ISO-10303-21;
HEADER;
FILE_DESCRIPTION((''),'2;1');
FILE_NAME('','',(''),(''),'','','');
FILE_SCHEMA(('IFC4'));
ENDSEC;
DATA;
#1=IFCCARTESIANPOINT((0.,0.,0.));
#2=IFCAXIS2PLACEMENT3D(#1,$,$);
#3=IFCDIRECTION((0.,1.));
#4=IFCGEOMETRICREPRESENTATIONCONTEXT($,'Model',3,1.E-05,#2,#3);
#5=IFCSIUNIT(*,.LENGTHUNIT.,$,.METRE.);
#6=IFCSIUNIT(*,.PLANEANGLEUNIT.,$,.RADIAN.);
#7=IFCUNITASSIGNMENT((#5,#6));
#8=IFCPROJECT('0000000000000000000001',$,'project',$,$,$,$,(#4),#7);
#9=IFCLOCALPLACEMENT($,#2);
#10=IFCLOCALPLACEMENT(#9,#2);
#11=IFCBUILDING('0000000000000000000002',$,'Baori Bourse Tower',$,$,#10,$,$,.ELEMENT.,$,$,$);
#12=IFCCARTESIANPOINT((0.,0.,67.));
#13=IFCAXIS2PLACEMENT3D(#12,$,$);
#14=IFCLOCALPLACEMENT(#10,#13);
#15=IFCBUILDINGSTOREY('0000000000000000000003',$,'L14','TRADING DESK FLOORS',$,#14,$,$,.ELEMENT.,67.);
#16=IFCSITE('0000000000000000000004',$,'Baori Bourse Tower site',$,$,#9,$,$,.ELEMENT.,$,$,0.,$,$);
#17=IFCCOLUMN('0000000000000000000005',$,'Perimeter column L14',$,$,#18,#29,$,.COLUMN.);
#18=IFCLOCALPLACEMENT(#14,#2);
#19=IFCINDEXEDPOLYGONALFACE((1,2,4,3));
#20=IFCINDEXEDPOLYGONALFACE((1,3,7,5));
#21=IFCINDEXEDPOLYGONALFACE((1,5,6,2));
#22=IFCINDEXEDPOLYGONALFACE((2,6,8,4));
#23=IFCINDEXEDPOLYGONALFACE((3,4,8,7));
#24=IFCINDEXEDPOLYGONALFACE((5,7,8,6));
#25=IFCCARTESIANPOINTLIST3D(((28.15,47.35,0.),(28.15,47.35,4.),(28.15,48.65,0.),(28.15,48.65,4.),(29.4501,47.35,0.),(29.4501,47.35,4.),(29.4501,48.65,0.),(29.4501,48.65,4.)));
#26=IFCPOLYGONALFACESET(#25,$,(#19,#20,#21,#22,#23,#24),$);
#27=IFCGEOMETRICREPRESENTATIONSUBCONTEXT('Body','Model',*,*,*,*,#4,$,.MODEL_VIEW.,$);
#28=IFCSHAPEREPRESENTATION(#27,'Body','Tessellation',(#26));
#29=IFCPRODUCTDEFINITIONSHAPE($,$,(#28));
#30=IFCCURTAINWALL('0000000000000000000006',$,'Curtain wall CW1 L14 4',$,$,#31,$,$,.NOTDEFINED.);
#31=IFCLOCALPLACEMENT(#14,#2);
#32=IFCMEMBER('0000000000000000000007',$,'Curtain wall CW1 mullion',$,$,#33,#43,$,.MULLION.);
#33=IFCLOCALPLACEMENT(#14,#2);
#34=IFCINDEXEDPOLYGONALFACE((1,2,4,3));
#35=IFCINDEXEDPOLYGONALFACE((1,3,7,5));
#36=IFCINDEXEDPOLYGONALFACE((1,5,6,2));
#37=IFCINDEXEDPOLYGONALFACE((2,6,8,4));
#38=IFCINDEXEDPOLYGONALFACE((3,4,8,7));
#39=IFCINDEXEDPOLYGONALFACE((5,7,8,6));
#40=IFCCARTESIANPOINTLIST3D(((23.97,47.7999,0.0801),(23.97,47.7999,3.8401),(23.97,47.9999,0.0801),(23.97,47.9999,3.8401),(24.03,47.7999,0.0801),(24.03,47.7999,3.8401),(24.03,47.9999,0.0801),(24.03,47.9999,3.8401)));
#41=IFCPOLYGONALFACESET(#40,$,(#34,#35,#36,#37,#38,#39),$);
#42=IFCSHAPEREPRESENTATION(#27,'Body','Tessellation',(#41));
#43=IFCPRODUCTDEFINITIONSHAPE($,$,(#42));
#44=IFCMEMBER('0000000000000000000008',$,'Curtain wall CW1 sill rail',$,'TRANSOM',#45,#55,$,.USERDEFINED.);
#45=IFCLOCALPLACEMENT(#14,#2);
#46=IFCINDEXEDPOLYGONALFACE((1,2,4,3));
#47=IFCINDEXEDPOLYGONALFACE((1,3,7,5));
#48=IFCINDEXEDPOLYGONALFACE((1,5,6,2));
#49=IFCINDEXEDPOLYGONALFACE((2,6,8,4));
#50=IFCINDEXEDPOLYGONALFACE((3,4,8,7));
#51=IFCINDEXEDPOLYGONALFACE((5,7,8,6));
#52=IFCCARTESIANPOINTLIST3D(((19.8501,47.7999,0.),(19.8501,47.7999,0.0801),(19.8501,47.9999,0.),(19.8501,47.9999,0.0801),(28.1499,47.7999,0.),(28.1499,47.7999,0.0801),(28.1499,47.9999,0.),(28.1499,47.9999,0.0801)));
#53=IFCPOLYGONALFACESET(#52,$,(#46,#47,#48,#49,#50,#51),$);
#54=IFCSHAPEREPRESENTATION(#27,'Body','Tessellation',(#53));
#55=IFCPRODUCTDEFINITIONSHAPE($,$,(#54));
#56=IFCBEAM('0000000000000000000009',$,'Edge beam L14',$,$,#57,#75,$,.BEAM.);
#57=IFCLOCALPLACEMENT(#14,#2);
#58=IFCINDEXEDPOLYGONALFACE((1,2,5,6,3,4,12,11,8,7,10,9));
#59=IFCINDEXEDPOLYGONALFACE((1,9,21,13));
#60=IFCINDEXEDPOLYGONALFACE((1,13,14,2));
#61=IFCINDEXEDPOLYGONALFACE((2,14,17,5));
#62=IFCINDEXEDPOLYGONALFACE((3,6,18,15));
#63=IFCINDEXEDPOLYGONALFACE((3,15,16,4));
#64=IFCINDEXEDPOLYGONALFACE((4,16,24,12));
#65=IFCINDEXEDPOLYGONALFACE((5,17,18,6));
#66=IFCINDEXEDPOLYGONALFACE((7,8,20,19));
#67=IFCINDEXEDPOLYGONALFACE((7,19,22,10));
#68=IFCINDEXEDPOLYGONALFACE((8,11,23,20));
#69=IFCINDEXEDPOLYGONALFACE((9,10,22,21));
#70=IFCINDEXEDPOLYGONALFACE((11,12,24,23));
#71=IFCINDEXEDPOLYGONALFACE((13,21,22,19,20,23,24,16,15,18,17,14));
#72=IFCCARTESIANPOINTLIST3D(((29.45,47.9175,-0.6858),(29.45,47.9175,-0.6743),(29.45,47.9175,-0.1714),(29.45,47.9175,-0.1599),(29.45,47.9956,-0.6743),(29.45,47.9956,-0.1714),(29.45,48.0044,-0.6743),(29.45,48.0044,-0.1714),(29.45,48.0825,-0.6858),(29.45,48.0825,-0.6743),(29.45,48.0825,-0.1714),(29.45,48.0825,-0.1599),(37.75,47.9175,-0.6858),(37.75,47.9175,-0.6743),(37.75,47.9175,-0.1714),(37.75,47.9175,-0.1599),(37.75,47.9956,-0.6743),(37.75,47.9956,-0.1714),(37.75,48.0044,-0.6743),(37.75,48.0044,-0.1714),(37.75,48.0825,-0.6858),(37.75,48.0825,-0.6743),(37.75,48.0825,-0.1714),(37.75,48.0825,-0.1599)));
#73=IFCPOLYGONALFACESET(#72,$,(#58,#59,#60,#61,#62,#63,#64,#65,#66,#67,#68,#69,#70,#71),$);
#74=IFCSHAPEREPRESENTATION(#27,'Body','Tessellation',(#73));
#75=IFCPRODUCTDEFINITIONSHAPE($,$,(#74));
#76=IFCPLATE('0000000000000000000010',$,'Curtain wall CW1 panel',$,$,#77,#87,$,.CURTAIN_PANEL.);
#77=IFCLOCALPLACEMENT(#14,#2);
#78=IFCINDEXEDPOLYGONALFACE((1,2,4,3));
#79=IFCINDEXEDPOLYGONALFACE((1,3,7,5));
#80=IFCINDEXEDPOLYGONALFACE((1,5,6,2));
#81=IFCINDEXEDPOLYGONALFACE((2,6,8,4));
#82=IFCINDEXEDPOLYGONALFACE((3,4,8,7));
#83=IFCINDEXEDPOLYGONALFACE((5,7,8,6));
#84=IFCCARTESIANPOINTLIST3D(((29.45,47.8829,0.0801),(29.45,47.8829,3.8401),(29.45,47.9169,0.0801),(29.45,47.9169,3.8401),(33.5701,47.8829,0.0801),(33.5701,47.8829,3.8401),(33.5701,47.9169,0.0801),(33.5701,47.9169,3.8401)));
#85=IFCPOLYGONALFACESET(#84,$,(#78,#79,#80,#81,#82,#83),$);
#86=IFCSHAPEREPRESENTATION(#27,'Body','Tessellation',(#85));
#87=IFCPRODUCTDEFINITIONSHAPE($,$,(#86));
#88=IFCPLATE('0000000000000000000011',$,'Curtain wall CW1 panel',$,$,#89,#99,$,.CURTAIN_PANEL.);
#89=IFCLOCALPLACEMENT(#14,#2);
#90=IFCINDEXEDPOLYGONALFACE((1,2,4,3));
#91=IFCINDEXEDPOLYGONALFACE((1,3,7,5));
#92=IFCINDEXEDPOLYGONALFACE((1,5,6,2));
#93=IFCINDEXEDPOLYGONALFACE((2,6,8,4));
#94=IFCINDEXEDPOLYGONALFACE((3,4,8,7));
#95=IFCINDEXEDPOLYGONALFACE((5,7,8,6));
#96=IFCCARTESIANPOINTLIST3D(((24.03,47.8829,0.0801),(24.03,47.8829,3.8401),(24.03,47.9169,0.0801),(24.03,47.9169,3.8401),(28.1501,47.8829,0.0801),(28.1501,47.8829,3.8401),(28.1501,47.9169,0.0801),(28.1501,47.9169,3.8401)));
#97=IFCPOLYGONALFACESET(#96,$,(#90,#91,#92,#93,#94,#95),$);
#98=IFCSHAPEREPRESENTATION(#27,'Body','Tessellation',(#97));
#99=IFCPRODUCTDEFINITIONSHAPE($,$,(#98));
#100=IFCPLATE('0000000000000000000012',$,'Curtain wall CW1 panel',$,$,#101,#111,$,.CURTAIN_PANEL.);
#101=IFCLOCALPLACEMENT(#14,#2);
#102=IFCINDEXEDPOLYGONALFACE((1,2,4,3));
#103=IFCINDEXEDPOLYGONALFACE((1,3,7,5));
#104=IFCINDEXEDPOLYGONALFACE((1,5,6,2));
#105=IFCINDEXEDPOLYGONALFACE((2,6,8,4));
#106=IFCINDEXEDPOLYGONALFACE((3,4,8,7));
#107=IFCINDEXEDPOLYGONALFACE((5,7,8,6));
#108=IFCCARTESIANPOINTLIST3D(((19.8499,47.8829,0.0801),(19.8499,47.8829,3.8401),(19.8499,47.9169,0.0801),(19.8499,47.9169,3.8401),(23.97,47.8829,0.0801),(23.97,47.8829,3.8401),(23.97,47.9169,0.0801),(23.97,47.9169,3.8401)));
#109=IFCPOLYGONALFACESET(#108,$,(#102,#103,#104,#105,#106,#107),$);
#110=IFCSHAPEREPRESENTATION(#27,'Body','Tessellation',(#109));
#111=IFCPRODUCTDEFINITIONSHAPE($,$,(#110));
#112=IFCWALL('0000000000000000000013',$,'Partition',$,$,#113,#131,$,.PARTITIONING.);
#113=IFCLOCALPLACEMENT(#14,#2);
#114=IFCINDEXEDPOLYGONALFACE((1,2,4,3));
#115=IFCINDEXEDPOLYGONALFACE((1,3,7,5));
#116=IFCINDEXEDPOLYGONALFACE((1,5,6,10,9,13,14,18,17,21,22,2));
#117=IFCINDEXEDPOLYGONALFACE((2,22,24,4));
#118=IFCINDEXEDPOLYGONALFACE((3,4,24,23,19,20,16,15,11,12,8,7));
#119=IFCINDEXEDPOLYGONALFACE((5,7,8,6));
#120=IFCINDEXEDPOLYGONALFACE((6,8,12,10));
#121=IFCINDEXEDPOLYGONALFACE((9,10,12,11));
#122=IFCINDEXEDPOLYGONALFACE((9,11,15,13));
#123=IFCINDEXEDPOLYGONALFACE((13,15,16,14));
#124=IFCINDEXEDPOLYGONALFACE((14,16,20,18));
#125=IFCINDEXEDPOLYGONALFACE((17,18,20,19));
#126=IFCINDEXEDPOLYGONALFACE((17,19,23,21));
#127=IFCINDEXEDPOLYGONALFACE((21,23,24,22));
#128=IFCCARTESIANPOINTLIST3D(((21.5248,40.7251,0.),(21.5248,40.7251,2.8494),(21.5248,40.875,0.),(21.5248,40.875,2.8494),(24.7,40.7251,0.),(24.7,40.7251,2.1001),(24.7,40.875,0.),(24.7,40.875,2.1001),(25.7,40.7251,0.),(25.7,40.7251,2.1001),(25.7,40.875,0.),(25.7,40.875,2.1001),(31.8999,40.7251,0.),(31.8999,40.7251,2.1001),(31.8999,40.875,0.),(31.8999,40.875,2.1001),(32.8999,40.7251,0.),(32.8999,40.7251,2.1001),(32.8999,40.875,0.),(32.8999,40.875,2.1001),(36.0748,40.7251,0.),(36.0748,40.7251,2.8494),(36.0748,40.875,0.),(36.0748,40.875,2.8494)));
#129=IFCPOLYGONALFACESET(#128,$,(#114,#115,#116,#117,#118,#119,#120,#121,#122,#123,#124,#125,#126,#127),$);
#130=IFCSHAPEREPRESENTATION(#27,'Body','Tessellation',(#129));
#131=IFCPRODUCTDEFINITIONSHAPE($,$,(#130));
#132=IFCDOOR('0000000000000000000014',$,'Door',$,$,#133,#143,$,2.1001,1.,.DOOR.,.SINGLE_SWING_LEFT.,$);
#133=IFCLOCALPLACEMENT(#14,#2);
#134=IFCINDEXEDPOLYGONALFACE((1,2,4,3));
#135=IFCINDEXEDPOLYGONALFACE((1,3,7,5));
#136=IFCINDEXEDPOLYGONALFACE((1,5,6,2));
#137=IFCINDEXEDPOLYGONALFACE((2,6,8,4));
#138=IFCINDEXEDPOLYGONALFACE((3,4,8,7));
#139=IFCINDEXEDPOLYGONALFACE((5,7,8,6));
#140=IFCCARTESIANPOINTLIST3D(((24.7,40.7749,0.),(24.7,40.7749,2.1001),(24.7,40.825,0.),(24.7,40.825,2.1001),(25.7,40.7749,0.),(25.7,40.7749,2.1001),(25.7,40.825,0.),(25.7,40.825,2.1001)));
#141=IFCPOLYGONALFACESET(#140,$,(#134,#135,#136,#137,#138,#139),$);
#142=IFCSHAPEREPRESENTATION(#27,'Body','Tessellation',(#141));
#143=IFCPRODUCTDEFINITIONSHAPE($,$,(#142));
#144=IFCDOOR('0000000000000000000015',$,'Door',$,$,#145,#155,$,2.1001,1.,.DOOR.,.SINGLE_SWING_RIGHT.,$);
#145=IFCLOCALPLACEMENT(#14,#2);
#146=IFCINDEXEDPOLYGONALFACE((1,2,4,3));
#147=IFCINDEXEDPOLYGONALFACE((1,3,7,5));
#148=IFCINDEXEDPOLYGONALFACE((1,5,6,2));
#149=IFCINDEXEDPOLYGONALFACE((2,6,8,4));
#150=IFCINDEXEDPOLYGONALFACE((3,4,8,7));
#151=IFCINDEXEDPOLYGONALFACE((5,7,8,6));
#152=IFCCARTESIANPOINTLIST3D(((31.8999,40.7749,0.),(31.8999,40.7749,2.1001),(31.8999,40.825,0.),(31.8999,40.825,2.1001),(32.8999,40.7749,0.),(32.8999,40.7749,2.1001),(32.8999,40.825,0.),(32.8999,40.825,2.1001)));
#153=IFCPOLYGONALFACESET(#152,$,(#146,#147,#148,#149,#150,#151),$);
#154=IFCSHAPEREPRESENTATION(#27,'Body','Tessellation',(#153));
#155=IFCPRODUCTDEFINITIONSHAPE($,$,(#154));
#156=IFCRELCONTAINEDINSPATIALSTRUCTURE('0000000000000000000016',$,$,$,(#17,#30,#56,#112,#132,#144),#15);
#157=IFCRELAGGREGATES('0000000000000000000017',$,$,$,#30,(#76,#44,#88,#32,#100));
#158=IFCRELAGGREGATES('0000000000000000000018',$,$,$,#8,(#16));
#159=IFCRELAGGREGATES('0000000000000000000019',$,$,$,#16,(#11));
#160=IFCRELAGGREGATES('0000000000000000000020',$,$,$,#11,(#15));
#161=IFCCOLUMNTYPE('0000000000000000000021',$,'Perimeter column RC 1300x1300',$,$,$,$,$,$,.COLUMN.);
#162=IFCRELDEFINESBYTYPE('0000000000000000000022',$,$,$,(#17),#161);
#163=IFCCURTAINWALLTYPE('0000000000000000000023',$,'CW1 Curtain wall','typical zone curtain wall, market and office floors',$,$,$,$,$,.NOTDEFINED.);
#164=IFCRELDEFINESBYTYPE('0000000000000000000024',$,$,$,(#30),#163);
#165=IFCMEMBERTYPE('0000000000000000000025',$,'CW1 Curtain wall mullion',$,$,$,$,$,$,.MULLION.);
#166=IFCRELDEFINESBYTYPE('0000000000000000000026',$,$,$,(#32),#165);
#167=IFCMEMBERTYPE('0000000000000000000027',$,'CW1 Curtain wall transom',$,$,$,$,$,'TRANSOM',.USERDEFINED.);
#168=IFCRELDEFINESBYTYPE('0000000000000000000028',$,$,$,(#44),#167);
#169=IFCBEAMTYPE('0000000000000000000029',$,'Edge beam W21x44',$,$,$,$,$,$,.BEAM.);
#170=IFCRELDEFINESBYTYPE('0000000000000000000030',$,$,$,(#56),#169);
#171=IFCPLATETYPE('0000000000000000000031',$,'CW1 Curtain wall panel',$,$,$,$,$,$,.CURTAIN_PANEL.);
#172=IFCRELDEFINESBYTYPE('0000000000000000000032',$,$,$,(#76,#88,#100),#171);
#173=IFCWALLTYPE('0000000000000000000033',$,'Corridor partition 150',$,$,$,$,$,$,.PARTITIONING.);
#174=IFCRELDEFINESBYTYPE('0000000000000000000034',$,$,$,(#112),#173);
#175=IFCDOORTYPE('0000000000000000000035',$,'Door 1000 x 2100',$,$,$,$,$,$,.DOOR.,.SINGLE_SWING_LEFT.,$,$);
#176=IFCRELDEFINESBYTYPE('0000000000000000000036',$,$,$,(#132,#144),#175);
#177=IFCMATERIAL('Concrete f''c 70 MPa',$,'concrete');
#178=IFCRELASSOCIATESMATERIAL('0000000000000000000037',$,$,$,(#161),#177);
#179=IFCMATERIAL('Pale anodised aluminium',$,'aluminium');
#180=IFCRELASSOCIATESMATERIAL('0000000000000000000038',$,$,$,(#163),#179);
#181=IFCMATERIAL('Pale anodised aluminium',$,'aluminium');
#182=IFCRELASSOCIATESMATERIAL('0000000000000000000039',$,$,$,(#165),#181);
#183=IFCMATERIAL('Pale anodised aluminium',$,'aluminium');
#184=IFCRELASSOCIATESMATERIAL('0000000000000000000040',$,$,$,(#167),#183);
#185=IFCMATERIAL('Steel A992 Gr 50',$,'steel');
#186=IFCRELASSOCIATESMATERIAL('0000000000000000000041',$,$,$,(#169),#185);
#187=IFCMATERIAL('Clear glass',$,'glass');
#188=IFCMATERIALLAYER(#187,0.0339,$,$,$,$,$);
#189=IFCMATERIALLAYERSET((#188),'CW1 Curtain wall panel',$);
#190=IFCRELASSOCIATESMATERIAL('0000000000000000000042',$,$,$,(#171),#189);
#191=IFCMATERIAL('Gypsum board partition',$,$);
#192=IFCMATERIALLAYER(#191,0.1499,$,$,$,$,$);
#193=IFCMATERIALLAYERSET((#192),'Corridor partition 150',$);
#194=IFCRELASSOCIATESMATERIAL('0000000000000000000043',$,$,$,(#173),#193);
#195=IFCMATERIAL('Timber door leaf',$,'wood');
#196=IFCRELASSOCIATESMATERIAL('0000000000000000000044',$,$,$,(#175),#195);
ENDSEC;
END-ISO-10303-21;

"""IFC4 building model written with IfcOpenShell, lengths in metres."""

from ifc_helpers import new_model, si_unit, direction, frame, frame_2d, origin, origin_2d, place, context, subcontext, project, spatial, rectangle, i_section, extrude, material, layer, layer_set, material_profile, profile_set, type_object, element, fill, aggregate, save


model = new_model("IFC4")

# Units and contexts
model_context = context("Model", 3, precision=1e-05, world=origin(), true_north=direction((0.0, 1.0)))
body_context = subcontext(model_context, "Body", "Model", "MODEL_VIEW")
ifc_project = project(units=[si_unit("LENGTHUNIT", "METRE"), si_unit("PLANEANGLEUNIT", "RADIAN")], contexts=[model_context])

# Site, building, storey
site_placement = place(None, origin())
site = spatial("IfcSite", under=ifc_project, at=site_placement, Name="Baori Bourse Tower site", CompositionType="ELEMENT", RefElevation=0.0)
building_placement = place(site_placement, origin())
building = spatial("IfcBuilding", under=site, at=building_placement, Name="Baori Bourse Tower", CompositionType="ELEMENT")
storey_placement = place(building_placement, frame((0.0, 0.0, 67.0)))
storey = spatial("IfcBuildingStorey", under=building, at=storey_placement, Name="L14", Description="TRADING DESK FLOORS", CompositionType="ELEMENT", Elevation=67.0)

# Column
ifc_material_1 = material(Name="Concrete f'c 70 MPa", Category="concrete")
ifc_material_profile_1 = material_profile(ifc_material_1, rectangle(XDim=1.3, YDim=1.3, at=origin_2d()), Name="RC 1300x1300")
ifc_profile_set_1 = profile_set([ifc_material_profile_1], Name="Concrete f'c 70 MPa")
column_type = type_object("IfcColumnType", Name="Perimeter column RC 1300x1300", PredefinedType="COLUMN", material=ifc_profile_set_1)
column_placement = place(storey_placement, frame((28.8, 48.0, 0.0), z_axis=(0.0, 0.0, 1.0), x_axis=(1.0, 0.0, 0.0)))
element("IfcColumn", 1, at=column_placement, inside=storey, type_object=column_type, Name="Perimeter column L14", PredefinedType="COLUMN", context=body_context, shape_type="SweptSolid", body=[
    extrude(rectangle(XDim=1.3, YDim=1.3, at=origin_2d()), origin(), (0.0, 0.0, 1.0), 4.0),
])

# Curtain wall, members
ifc_material_2 = material(Name="Pale anodised aluminium", Category="aluminium")
curtain_wall_type = type_object("IfcCurtainWallType", Name="CW1 Curtain wall", Description="typical zone curtain wall, market and office floors", PredefinedType="NOTDEFINED", material=ifc_material_2)
curtain_wall_placement = place(storey_placement, origin())
curtain_wall = element("IfcCurtainWall", 2, at=curtain_wall_placement, inside=storey, type_object=curtain_wall_type, Name="Curtain wall CW1 L14 4", PredefinedType="NOTDEFINED")
ifc_material_3 = material(Name="Pale anodised aluminium", Category="aluminium")
ifc_material_profile_2 = material_profile(ifc_material_3, rectangle(XDim=0.2, YDim=0.0601, at=origin_2d()), Name="Mullion 60x200")
ifc_profile_set_2 = profile_set([ifc_material_profile_2], Name="Pale anodised aluminium")
member_type_1 = type_object("IfcMemberType", Name="CW1 Curtain wall mullion", PredefinedType="MULLION", material=ifc_profile_set_2)
member_1_placement = place(storey_placement, frame((24.0, 47.8999, 0.0801), z_axis=(0.0, 0.0, 1.0), x_axis=(0.0, -1.0, 0.0)))
member_1 = element("IfcMember", 3, at=member_1_placement, type_object=member_type_1, Name="Curtain wall CW1 mullion", PredefinedType="MULLION", context=body_context, shape_type="SweptSolid", body=[
    extrude(rectangle(XDim=0.2, YDim=0.0601, at=origin_2d()), origin(), (0.0, 0.0, 1.0), 3.76),
])
ifc_material_4 = material(Name="Pale anodised aluminium", Category="aluminium")
ifc_material_profile_3 = material_profile(ifc_material_4, rectangle(XDim=0.2, YDim=0.0801, at=origin_2d()), Name="Transom 80x200")
ifc_profile_set_3 = profile_set([ifc_material_profile_3], Name="Pale anodised aluminium")
member_type_2 = type_object("IfcMemberType", Name="CW1 Curtain wall transom", ElementType="TRANSOM", PredefinedType="USERDEFINED", material=ifc_profile_set_3)
member_2_placement = place(storey_placement, frame((28.1499, 47.8999, 0.04), z_axis=(-1.0, 0.0, 0.0), x_axis=(0.0, -1.0, 0.0)))
member_2 = element("IfcMember", 4, at=member_2_placement, type_object=member_type_2, Name="Curtain wall CW1 sill rail", ObjectType="TRANSOM", PredefinedType="USERDEFINED", context=body_context, shape_type="SweptSolid", body=[
    extrude(rectangle(XDim=0.2, YDim=0.0801, at=origin_2d()), origin(), (0.0, 0.0, 1.0), 8.2998),
])

# Beam
ifc_material_5 = material(Name="Steel A992 Gr 50", Category="steel")
ifc_material_profile_4 = material_profile(ifc_material_5, i_section(OverallWidth=0.165, OverallDepth=0.5259, WebThickness=0.0088, FlangeThickness=0.0115, at=origin_2d()), Name="W21x44")
ifc_profile_set_4 = profile_set([ifc_material_profile_4], Name="Steel A992 Gr 50")
beam_type = type_object("IfcBeamType", Name="Edge beam W21x44", PredefinedType="BEAM", material=ifc_profile_set_4)
beam_placement = place(storey_placement, frame((29.45, 48.0, -0.4229), z_axis=(1.0, 0.0, 0.0), x_axis=(0.0, 1.0, 0.0)))
element("IfcBeam", 5, at=beam_placement, inside=storey, type_object=beam_type, Name="Edge beam L14", PredefinedType="BEAM", context=body_context, shape_type="SweptSolid", body=[
    extrude(i_section(OverallWidth=0.165, OverallDepth=0.5259, WebThickness=0.0088, FlangeThickness=0.0115, at=origin_2d()), origin(), (0.0, 0.0, 1.0), 8.3),
])

# Plates
ifc_material_6 = material(Name="Clear glass", Category="glass")
ifc_layer_1 = layer(ifc_material_6, 0.0339)
ifc_layer_set_1 = layer_set([ifc_layer_1], Name="CW1 Curtain wall panel")
plate_type = type_object("IfcPlateType", Name="CW1 Curtain wall panel", PredefinedType="CURTAIN_PANEL", material=ifc_layer_set_1)
plate_1_placement = place(storey_placement, frame((31.51, 47.8999, 0.0801), z_axis=(0.0, 0.0, 1.0), x_axis=(-1.0, 0.0, 0.0)))
plate_1 = element("IfcPlate", 6, at=plate_1_placement, type_object=plate_type, Name="Curtain wall CW1 panel", PredefinedType="CURTAIN_PANEL", context=body_context, shape_type="SweptSolid", body=[
    extrude(rectangle(XDim=4.1201, YDim=0.0339, at=origin_2d()), origin(), (0.0, 0.0, 1.0), 3.76),
])
plate_2_placement = place(storey_placement, frame((26.0901, 47.8999, 0.0801), z_axis=(0.0, 0.0, 1.0), x_axis=(-1.0, 0.0, 0.0)))
plate_2 = element("IfcPlate", 7, at=plate_2_placement, type_object=plate_type, Name="Curtain wall CW1 panel", PredefinedType="CURTAIN_PANEL", context=body_context, shape_type="SweptSolid", body=[
    extrude(rectangle(XDim=4.1201, YDim=0.0339, at=origin_2d()), origin(), (0.0, 0.0, 1.0), 3.76),
])
plate_3_placement = place(storey_placement, frame((21.9099, 47.8999, 0.0801), z_axis=(0.0, 0.0, 1.0), x_axis=(-1.0, 0.0, 0.0)))
plate_3 = element("IfcPlate", 8, at=plate_3_placement, type_object=plate_type, Name="Curtain wall CW1 panel", PredefinedType="CURTAIN_PANEL", context=body_context, shape_type="SweptSolid", body=[
    extrude(rectangle(XDim=4.1201, YDim=0.0339, at=origin_2d()), origin(), (0.0, 0.0, 1.0), 3.76),
])
aggregate(curtain_wall, [plate_1, member_2, plate_2, member_1, plate_3])

# Wall, openings, doors
ifc_material_7 = material(Name="Gypsum board partition")
ifc_layer_2 = layer(ifc_material_7, 0.1499)
ifc_layer_set_2 = layer_set([ifc_layer_2], Name="Corridor partition 150")
wall_type_1 = type_object("IfcWallType", Name="Corridor partition 150", PredefinedType="PARTITIONING", material=ifc_layer_set_2)
wall_1_placement = place(storey_placement, frame((21.5249, 40.8, 0.0), z_axis=(0.0, 0.0, 1.0), x_axis=(1.0, 0.0, 0.0)))
wall_1 = element("IfcWall", 9, at=wall_1_placement, inside=storey, type_object=wall_type_1, Name="Partition", PredefinedType="PARTITIONING", context=body_context, shape_type="SweptSolid", body=[
    extrude(rectangle(XDim=14.55, YDim=0.1499, at=frame_2d((7.2749, 0.0))), origin(), (0.0, 0.0, 1.0), 2.8494),
])
opening_1_placement = place(wall_1_placement, frame((3.175, 0.0, 0.0)))
opening_1 = element("IfcOpeningElement", 10, at=opening_1_placement, cuts=wall_1, PredefinedType="OPENING", context=body_context, shape_type="SweptSolid", body=[
    extrude(rectangle(XDim=1.0, YDim=2.1001, at=frame_2d((0.5, 1.05))), frame((0.0, 0.085, 0.0), z_axis=(0.0, -1.0, 0.0), x_axis=(1.0, 0.0, 0.0)), (0.0, 0.0, 1.0), 0.1699),
])
opening_2_placement = place(wall_1_placement, frame((10.375, 0.0, 0.0)))
opening_2 = element("IfcOpeningElement", 11, at=opening_2_placement, cuts=wall_1, PredefinedType="OPENING", context=body_context, shape_type="SweptSolid", body=[
    extrude(rectangle(XDim=1.0, YDim=2.1001, at=frame_2d((0.5, 1.05))), frame((0.0, 0.085, 0.0), z_axis=(0.0, -1.0, 0.0), x_axis=(1.0, 0.0, 0.0)), (0.0, 0.0, 1.0), 0.1699),
])
ifc_material_8 = material(Name="Timber door leaf", Category="wood")
door_type = type_object("IfcDoorType", Name="Door 1000 x 2100", OperationType="SINGLE_SWING_LEFT", PredefinedType="DOOR", material=ifc_material_8)
door_1_placement = place(opening_1_placement, origin())
door_1 = element("IfcDoor", 12, at=door_1_placement, inside=storey, type_object=door_type, Name="Door", OperationType="SINGLE_SWING_LEFT", OverallHeight=2.1001, OverallWidth=1.0, PredefinedType="DOOR", context=body_context, shape_type="SweptSolid", body=[
    extrude(rectangle(XDim=1.0, YDim=2.1001, at=frame_2d((0.5, 1.05))), frame((0.0, 0.0249, 0.0), z_axis=(0.0, -1.0, 0.0), x_axis=(1.0, 0.0, 0.0)), (0.0, 0.0, 1.0), 0.05),
])
fill(opening_1, door_1)
door_2_placement = place(opening_2_placement, origin())
door_2 = element("IfcDoor", 13, at=door_2_placement, inside=storey, type_object=door_type, Name="Door", OperationType="SINGLE_SWING_RIGHT", OverallHeight=2.1001, OverallWidth=1.0, PredefinedType="DOOR", context=body_context, shape_type="SweptSolid", body=[
    extrude(rectangle(XDim=1.0, YDim=2.1001, at=frame_2d((0.5, 1.05))), frame((0.0, 0.0249, 0.0), z_axis=(0.0, -1.0, 0.0), x_axis=(1.0, 0.0, 0.0)), (0.0, 0.0, 1.0), 0.05),
])
fill(opening_2, door_2)

save(model, "model.ifc")
